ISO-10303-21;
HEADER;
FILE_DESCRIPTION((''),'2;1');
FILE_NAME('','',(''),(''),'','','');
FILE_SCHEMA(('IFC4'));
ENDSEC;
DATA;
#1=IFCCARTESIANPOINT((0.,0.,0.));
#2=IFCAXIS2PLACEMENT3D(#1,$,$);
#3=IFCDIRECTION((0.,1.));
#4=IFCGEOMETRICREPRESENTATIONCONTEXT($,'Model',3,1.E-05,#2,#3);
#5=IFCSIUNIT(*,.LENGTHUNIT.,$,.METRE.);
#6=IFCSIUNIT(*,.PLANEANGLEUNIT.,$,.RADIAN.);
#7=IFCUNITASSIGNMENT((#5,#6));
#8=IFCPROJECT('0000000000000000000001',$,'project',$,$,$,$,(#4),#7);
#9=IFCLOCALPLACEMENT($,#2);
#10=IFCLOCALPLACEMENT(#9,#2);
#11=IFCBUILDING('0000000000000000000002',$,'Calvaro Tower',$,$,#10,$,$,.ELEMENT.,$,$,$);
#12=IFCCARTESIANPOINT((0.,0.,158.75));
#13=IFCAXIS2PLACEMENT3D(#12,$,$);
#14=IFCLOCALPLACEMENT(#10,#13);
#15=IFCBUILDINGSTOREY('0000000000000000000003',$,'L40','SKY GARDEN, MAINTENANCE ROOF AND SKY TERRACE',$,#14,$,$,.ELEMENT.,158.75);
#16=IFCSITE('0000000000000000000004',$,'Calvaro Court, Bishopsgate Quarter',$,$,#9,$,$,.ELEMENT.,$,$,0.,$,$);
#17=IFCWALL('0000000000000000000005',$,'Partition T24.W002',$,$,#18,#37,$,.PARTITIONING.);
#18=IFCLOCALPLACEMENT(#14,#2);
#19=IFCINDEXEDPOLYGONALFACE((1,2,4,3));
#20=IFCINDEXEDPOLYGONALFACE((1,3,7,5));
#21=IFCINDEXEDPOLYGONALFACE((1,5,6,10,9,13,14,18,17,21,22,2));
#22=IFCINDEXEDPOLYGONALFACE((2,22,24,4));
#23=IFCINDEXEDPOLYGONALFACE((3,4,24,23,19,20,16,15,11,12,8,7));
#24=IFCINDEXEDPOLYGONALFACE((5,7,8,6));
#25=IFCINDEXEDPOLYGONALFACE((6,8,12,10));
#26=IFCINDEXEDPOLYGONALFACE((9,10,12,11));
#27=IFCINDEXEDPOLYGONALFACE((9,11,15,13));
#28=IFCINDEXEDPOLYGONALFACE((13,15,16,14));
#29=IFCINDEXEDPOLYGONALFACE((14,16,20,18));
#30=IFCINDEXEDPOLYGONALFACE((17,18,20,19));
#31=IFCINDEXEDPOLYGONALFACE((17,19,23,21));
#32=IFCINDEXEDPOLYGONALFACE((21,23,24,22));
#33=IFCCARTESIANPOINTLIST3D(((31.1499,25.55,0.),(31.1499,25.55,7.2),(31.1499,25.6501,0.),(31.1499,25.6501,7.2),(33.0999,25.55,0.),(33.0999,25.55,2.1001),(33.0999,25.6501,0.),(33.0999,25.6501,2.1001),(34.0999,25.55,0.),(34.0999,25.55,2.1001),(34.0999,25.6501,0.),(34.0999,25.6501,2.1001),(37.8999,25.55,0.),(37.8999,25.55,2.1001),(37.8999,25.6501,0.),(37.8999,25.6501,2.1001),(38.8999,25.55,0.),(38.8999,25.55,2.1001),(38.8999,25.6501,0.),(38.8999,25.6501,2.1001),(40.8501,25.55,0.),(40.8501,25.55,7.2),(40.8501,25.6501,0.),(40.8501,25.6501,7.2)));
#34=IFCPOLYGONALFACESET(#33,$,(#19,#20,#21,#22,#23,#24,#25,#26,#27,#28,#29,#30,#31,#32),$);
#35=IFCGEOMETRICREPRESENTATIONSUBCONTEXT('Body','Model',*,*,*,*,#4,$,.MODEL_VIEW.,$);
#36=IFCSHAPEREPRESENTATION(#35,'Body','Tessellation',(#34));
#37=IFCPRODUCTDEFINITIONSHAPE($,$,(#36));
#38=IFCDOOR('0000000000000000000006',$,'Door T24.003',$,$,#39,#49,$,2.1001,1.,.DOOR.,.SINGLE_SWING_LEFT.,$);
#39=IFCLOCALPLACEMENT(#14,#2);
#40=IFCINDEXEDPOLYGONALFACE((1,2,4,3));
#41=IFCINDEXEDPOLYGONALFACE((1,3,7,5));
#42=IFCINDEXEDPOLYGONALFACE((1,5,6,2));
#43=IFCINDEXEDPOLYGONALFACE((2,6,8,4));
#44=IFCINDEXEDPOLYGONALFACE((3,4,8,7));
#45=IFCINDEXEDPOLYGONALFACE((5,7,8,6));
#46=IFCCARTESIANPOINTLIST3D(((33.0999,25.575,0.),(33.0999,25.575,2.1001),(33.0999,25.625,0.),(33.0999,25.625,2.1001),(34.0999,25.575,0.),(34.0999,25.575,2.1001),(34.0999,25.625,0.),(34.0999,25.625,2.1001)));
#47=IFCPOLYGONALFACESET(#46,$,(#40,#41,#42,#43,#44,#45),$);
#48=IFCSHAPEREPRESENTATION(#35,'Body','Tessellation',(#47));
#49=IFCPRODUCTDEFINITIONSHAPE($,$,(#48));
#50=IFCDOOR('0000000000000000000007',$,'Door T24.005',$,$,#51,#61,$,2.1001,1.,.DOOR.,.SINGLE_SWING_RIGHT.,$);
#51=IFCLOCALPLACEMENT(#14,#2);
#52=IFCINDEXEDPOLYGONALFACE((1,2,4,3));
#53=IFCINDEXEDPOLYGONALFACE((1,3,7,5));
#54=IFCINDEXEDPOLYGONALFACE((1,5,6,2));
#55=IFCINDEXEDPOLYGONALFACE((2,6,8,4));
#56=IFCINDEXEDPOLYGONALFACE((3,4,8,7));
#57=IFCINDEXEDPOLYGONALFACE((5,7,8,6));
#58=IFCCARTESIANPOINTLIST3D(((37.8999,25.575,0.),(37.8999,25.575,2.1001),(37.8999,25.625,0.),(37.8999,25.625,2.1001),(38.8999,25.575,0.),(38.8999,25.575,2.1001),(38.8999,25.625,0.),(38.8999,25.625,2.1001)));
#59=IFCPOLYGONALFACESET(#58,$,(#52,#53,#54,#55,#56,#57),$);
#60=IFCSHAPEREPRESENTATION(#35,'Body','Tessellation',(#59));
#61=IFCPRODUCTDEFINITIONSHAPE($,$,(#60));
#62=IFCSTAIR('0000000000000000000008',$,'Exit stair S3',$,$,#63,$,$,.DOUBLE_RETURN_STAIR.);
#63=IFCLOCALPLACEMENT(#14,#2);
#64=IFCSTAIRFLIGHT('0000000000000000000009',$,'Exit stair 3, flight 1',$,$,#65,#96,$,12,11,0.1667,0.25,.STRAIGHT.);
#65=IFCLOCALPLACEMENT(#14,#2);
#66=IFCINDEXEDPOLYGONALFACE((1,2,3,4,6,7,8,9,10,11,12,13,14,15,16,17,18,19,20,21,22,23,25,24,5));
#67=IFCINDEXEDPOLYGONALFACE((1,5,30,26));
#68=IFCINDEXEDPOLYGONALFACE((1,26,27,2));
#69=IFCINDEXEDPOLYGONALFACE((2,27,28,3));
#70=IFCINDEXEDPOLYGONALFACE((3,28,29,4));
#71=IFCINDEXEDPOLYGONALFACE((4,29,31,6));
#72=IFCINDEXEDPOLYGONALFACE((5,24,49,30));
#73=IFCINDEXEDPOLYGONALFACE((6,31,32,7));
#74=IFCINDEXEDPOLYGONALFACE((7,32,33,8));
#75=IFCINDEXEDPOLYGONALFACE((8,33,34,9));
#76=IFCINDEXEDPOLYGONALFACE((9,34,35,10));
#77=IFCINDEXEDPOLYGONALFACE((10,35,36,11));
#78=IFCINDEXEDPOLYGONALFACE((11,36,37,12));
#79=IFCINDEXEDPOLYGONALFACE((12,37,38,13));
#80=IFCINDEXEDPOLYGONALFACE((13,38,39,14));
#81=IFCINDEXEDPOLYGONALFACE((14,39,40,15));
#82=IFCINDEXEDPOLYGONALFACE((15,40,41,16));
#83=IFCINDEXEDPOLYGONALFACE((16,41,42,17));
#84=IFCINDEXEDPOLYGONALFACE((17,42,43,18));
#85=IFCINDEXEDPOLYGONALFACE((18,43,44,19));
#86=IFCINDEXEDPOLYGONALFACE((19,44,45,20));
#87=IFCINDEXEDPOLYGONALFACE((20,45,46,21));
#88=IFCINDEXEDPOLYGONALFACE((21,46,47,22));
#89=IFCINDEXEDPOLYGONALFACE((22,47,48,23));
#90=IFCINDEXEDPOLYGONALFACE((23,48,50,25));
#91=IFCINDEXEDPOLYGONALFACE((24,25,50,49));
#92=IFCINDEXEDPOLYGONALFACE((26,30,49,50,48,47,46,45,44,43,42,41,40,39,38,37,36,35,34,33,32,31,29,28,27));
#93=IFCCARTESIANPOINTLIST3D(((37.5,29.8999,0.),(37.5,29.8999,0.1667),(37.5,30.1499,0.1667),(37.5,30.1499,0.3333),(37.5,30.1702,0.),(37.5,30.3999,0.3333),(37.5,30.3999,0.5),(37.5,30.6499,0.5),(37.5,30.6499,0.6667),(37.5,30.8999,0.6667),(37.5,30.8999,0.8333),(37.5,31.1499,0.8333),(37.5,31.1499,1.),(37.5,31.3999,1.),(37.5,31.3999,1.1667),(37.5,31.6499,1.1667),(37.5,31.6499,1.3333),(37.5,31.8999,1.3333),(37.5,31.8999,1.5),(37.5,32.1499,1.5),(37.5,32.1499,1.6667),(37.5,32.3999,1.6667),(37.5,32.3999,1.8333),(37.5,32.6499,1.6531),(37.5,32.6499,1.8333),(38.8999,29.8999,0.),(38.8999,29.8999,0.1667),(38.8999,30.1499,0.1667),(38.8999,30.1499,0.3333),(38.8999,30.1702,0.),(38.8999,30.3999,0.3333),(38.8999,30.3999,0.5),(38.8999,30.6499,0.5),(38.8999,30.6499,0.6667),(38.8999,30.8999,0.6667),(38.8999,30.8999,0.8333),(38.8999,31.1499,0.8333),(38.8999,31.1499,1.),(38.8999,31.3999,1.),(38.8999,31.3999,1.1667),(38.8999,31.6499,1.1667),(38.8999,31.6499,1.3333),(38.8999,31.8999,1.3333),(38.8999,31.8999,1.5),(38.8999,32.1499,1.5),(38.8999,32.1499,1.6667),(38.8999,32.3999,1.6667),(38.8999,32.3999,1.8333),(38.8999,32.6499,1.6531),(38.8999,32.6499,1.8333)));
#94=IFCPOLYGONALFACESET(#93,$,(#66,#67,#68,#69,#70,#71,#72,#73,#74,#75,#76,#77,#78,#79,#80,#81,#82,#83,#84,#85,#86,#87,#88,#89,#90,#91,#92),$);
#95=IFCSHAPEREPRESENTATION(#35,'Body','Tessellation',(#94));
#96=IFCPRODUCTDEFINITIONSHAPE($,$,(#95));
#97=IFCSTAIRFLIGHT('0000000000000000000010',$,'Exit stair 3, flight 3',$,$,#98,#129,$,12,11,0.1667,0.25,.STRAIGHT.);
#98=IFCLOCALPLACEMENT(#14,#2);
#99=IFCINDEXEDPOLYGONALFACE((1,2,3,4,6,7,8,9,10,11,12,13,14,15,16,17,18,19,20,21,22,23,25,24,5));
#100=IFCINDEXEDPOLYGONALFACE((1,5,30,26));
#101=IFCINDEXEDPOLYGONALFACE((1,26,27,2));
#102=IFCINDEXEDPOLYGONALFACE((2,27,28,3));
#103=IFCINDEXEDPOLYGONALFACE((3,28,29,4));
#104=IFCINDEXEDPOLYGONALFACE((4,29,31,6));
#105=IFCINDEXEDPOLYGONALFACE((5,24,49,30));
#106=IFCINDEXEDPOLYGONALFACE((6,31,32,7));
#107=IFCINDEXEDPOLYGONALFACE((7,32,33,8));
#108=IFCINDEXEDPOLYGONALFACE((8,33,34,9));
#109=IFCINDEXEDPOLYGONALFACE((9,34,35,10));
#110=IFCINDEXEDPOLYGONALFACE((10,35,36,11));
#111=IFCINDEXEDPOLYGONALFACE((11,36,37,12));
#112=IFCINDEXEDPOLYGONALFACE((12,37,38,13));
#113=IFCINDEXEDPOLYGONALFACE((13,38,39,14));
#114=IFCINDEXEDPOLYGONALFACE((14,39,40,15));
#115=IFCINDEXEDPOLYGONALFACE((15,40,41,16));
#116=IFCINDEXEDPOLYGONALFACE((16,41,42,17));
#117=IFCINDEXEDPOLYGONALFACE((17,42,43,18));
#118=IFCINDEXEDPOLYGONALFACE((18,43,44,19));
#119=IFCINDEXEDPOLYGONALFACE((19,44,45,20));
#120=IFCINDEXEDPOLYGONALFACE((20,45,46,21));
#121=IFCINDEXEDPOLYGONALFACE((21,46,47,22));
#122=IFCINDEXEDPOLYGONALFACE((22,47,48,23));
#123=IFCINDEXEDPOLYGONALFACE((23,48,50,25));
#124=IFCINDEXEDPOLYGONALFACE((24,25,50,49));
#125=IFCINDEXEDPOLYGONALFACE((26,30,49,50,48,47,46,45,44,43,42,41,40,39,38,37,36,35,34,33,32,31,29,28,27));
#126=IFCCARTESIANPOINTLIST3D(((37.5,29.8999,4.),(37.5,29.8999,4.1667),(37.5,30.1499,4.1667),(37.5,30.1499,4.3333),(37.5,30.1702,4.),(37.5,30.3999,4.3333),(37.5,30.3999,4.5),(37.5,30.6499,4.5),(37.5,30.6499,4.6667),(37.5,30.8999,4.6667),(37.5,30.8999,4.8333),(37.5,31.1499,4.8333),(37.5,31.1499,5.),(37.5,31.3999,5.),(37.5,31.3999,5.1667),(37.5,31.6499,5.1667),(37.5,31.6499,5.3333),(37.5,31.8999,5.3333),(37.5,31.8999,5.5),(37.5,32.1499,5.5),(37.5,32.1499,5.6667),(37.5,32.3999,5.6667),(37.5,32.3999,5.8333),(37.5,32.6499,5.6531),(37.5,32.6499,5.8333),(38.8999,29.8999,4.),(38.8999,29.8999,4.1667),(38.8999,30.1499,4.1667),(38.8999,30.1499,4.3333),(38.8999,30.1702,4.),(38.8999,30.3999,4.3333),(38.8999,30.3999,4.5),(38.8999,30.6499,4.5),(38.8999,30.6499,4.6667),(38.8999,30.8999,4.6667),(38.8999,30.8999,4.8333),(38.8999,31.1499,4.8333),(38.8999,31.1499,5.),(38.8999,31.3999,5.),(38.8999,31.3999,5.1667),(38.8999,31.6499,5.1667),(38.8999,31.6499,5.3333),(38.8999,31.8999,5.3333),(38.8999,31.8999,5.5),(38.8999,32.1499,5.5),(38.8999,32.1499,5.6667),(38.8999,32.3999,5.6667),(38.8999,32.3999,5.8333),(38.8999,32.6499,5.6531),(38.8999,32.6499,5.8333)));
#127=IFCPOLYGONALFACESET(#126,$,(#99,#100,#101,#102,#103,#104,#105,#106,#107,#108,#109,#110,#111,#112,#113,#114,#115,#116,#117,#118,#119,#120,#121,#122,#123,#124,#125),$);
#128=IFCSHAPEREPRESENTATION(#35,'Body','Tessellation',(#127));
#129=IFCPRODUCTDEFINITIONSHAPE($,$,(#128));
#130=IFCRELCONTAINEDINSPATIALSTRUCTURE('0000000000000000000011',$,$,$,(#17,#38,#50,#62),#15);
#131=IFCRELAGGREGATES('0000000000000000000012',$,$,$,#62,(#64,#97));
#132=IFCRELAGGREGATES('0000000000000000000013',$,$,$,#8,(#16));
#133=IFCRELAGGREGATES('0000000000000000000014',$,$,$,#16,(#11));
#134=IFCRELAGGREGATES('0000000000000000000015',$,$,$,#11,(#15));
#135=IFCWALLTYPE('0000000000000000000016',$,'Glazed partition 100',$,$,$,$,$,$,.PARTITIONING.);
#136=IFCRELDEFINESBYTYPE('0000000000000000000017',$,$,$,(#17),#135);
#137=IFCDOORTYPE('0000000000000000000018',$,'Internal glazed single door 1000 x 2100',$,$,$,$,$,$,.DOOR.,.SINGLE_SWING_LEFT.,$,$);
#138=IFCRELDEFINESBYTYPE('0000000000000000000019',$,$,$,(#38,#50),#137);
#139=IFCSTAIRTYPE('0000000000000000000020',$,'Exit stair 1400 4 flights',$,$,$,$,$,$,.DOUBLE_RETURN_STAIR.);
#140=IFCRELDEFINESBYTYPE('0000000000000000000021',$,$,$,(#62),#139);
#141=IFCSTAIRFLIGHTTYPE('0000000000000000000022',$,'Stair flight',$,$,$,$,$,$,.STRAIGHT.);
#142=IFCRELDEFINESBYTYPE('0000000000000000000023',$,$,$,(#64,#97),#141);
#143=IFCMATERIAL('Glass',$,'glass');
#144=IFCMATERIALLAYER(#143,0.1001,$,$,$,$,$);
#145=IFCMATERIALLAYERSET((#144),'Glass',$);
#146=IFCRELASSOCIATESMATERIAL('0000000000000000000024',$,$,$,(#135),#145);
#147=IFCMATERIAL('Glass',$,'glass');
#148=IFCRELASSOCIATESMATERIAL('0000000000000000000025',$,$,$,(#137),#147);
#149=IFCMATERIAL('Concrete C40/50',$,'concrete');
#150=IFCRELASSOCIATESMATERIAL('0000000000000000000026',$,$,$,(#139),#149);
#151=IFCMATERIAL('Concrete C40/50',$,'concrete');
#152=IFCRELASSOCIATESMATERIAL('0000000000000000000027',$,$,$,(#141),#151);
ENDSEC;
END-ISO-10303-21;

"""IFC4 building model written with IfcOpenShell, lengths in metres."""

from ifc_helpers import new_model, si_unit, direction, frame, frame_2d, origin, place, context, subcontext, project, spatial, polyline, rectangle, outline, extrude, material, layer, layer_set, type_object, element, fill, aggregate, save


model = new_model("IFC4")

# Units and contexts
model_context = context("Model", 3, precision=1e-05, world=origin(), true_north=direction((0.0, 1.0)))
body_context = subcontext(model_context, "Body", "Model", "MODEL_VIEW")
ifc_project = project(units=[si_unit("LENGTHUNIT", "METRE"), si_unit("PLANEANGLEUNIT", "RADIAN")], contexts=[model_context])

# Site, building, storey
site_placement = place(None, origin())
site = spatial("IfcSite", under=ifc_project, at=site_placement, Name="Calvaro Court, Bishopsgate Quarter", CompositionType="ELEMENT", RefElevation=0.0)
building_placement = place(site_placement, origin())
building = spatial("IfcBuilding", under=site, at=building_placement, Name="Calvaro Tower", CompositionType="ELEMENT")
storey_placement = place(building_placement, frame((0.0, 0.0, 158.75)))
storey = spatial("IfcBuildingStorey", under=building, at=storey_placement, Name="L40", Description="SKY GARDEN, MAINTENANCE ROOF AND SKY TERRACE", CompositionType="ELEMENT", Elevation=158.75)

# Wall, openings, doors
ifc_material_1 = material(Name="Glass", Category="glass")
ifc_layer_1 = layer(ifc_material_1, 0.1001)
ifc_layer_set_1 = layer_set([ifc_layer_1], Name="Glass")
wall_type_1 = type_object("IfcWallType", Name="Glazed partition 100", PredefinedType="PARTITIONING", material=ifc_layer_set_1)
wall_1_placement = place(storey_placement, frame((31.1499, 25.6001, 0.0), z_axis=(0.0, 0.0, 1.0), x_axis=(1.0, 0.0, 0.0)))
wall_1 = element("IfcWall", 1, at=wall_1_placement, inside=storey, type_object=wall_type_1, Name="Partition T24.W002", PredefinedType="PARTITIONING", context=body_context, shape_type="SweptSolid", body=[
    extrude(rectangle(XDim=9.7002, YDim=0.1001, at=frame_2d((4.8501, 0.0))), origin(), (0.0, 0.0, 1.0), 7.2),
])
opening_1_placement = place(wall_1_placement, frame((1.95, 0.0, 0.0)))
opening_1 = element("IfcOpeningElement", 2, at=opening_1_placement, cuts=wall_1, PredefinedType="OPENING", context=body_context, shape_type="SweptSolid", body=[
    extrude(rectangle(XDim=1.0, YDim=2.1001, at=frame_2d((0.5, 1.05))), frame((0.0, 0.0601, 0.0), z_axis=(0.0, -1.0, 0.0), x_axis=(1.0, 0.0, 0.0)), (0.0, 0.0, 1.0), 0.1201),
])
opening_2_placement = place(wall_1_placement, frame((6.75, 0.0, 0.0)))
opening_2 = element("IfcOpeningElement", 3, at=opening_2_placement, cuts=wall_1, PredefinedType="OPENING", context=body_context, shape_type="SweptSolid", body=[
    extrude(rectangle(XDim=1.0, YDim=2.1001, at=frame_2d((0.5, 1.05))), frame((0.0, 0.0601, 0.0), z_axis=(0.0, -1.0, 0.0), x_axis=(1.0, 0.0, 0.0)), (0.0, 0.0, 1.0), 0.1201),
])
ifc_material_2 = material(Name="Glass", Category="glass")
door_type_1 = type_object("IfcDoorType", Name="Internal glazed single door 1000 x 2100", OperationType="SINGLE_SWING_LEFT", PredefinedType="DOOR", material=ifc_material_2)
door_1_placement = place(opening_1_placement, origin())
door_1 = element("IfcDoor", 4, at=door_1_placement, inside=storey, type_object=door_type_1, Name="Door T24.003", OperationType="SINGLE_SWING_LEFT", OverallHeight=2.1001, OverallWidth=1.0, PredefinedType="DOOR", context=body_context, shape_type="SweptSolid", body=[
    extrude(rectangle(XDim=1.0, YDim=2.1001, at=frame_2d((0.5, 1.05))), frame((0.0, 0.0249, 0.0), z_axis=(0.0, -1.0, 0.0), x_axis=(1.0, 0.0, 0.0)), (0.0, 0.0, 1.0), 0.05),
])
fill(opening_1, door_1)
door_2_placement = place(opening_2_placement, origin())
door_2 = element("IfcDoor", 5, at=door_2_placement, inside=storey, type_object=door_type_1, Name="Door T24.005", OperationType="SINGLE_SWING_RIGHT", OverallHeight=2.1001, OverallWidth=1.0, PredefinedType="DOOR", context=body_context, shape_type="SweptSolid", body=[
    extrude(rectangle(XDim=1.0, YDim=2.1001, at=frame_2d((0.5, 1.05))), frame((0.0, 0.0249, 0.0), z_axis=(0.0, -1.0, 0.0), x_axis=(1.0, 0.0, 0.0)), (0.0, 0.0, 1.0), 0.05),
])
fill(opening_2, door_2)

# Stair, stair flights
ifc_material_3 = material(Name="Concrete C40/50", Category="concrete")
stair_type = type_object("IfcStairType", Name="Exit stair 1400 4 flights", PredefinedType="DOUBLE_RETURN_STAIR", material=ifc_material_3)
stair_placement = place(storey_placement, origin())
stair = element("IfcStair", 6, at=stair_placement, inside=storey, type_object=stair_type, Name="Exit stair S3", PredefinedType="DOUBLE_RETURN_STAIR")
ifc_material_4 = material(Name="Concrete C40/50", Category="concrete")
stair_flight_type = type_object("IfcStairFlightType", Name="Stair flight", PredefinedType="STRAIGHT", material=ifc_material_4)
stair_flight_1_placement = place(storey_placement, frame((38.2, 29.8999, 0.0), z_axis=(0.0, 0.0, 1.0), x_axis=(0.0, 1.0, 0.0)))
stair_flight_1 = element("IfcStairFlight", 7, at=stair_flight_1_placement, type_object=stair_flight_type, Name="Exit stair 3, flight 1", NumberOfRisers=12, NumberOfTreads=11, PredefinedType="STRAIGHT", RiserHeight=0.1667, TreadLength=0.25, context=body_context, shape_type="SweptSolid", body=[
    extrude(outline(polyline([(0.0, 0.0), (0.0, 0.1667), (0.25, 0.1667), (0.25, 0.3333), (0.5, 0.3333), (0.5, 0.5), (0.75, 0.5), (0.75, 0.6667), (1.0, 0.6667), (1.0, 0.8333), (1.25, 0.8333), (1.25, 1.0), (1.5, 1.0), (1.5, 1.1667), (1.75, 1.1667), (1.75, 1.3333), (2.0, 1.3333), (2.0, 1.5), (2.25, 1.5), (2.25, 1.6667), (2.5, 1.6667), (2.5, 1.8333), (2.75, 1.8333), (2.75, 2.0), (2.75, 1.6531), (0.2703, 0.0), (0.0, 0.0)])), frame((0.0, 0.7, 0.0), z_axis=(0.0, -1.0, 0.0), x_axis=(1.0, 0.0, 0.0)), (0.0, 0.0, 1.0), 1.3999),
])
stair_flight_2_placement = place(storey_placement, frame((38.2, 29.8999, 4.0), z_axis=(0.0, 0.0, 1.0), x_axis=(0.0, 1.0, 0.0)))
stair_flight_2 = element("IfcStairFlight", 8, at=stair_flight_2_placement, type_object=stair_flight_type, Name="Exit stair 3, flight 3", NumberOfRisers=12, NumberOfTreads=11, PredefinedType="STRAIGHT", RiserHeight=0.1667, TreadLength=0.25, context=body_context, shape_type="SweptSolid", body=[
    extrude(outline(polyline([(0.0, 0.0), (0.0, 0.1667), (0.25, 0.1667), (0.25, 0.3333), (0.5, 0.3333), (0.5, 0.5), (0.75, 0.5), (0.75, 0.6667), (1.0, 0.6667), (1.0, 0.8333), (1.25, 0.8333), (1.25, 1.0), (1.5, 1.0), (1.5, 1.1667), (1.75, 1.1667), (1.75, 1.3333), (2.0, 1.3333), (2.0, 1.5), (2.25, 1.5), (2.25, 1.6667), (2.5, 1.6667), (2.5, 1.8333), (2.75, 1.8333), (2.75, 2.0), (2.75, 1.6531), (0.2703, 0.0), (0.0, 0.0)])), frame((0.0, 0.7, 0.0), z_axis=(0.0, -1.0, 0.0), x_axis=(1.0, 0.0, 0.0)), (0.0, 0.0, 1.0), 1.3999),
])
aggregate(stair, [stair_flight_1, stair_flight_2])

save(model, "model.ifc")
